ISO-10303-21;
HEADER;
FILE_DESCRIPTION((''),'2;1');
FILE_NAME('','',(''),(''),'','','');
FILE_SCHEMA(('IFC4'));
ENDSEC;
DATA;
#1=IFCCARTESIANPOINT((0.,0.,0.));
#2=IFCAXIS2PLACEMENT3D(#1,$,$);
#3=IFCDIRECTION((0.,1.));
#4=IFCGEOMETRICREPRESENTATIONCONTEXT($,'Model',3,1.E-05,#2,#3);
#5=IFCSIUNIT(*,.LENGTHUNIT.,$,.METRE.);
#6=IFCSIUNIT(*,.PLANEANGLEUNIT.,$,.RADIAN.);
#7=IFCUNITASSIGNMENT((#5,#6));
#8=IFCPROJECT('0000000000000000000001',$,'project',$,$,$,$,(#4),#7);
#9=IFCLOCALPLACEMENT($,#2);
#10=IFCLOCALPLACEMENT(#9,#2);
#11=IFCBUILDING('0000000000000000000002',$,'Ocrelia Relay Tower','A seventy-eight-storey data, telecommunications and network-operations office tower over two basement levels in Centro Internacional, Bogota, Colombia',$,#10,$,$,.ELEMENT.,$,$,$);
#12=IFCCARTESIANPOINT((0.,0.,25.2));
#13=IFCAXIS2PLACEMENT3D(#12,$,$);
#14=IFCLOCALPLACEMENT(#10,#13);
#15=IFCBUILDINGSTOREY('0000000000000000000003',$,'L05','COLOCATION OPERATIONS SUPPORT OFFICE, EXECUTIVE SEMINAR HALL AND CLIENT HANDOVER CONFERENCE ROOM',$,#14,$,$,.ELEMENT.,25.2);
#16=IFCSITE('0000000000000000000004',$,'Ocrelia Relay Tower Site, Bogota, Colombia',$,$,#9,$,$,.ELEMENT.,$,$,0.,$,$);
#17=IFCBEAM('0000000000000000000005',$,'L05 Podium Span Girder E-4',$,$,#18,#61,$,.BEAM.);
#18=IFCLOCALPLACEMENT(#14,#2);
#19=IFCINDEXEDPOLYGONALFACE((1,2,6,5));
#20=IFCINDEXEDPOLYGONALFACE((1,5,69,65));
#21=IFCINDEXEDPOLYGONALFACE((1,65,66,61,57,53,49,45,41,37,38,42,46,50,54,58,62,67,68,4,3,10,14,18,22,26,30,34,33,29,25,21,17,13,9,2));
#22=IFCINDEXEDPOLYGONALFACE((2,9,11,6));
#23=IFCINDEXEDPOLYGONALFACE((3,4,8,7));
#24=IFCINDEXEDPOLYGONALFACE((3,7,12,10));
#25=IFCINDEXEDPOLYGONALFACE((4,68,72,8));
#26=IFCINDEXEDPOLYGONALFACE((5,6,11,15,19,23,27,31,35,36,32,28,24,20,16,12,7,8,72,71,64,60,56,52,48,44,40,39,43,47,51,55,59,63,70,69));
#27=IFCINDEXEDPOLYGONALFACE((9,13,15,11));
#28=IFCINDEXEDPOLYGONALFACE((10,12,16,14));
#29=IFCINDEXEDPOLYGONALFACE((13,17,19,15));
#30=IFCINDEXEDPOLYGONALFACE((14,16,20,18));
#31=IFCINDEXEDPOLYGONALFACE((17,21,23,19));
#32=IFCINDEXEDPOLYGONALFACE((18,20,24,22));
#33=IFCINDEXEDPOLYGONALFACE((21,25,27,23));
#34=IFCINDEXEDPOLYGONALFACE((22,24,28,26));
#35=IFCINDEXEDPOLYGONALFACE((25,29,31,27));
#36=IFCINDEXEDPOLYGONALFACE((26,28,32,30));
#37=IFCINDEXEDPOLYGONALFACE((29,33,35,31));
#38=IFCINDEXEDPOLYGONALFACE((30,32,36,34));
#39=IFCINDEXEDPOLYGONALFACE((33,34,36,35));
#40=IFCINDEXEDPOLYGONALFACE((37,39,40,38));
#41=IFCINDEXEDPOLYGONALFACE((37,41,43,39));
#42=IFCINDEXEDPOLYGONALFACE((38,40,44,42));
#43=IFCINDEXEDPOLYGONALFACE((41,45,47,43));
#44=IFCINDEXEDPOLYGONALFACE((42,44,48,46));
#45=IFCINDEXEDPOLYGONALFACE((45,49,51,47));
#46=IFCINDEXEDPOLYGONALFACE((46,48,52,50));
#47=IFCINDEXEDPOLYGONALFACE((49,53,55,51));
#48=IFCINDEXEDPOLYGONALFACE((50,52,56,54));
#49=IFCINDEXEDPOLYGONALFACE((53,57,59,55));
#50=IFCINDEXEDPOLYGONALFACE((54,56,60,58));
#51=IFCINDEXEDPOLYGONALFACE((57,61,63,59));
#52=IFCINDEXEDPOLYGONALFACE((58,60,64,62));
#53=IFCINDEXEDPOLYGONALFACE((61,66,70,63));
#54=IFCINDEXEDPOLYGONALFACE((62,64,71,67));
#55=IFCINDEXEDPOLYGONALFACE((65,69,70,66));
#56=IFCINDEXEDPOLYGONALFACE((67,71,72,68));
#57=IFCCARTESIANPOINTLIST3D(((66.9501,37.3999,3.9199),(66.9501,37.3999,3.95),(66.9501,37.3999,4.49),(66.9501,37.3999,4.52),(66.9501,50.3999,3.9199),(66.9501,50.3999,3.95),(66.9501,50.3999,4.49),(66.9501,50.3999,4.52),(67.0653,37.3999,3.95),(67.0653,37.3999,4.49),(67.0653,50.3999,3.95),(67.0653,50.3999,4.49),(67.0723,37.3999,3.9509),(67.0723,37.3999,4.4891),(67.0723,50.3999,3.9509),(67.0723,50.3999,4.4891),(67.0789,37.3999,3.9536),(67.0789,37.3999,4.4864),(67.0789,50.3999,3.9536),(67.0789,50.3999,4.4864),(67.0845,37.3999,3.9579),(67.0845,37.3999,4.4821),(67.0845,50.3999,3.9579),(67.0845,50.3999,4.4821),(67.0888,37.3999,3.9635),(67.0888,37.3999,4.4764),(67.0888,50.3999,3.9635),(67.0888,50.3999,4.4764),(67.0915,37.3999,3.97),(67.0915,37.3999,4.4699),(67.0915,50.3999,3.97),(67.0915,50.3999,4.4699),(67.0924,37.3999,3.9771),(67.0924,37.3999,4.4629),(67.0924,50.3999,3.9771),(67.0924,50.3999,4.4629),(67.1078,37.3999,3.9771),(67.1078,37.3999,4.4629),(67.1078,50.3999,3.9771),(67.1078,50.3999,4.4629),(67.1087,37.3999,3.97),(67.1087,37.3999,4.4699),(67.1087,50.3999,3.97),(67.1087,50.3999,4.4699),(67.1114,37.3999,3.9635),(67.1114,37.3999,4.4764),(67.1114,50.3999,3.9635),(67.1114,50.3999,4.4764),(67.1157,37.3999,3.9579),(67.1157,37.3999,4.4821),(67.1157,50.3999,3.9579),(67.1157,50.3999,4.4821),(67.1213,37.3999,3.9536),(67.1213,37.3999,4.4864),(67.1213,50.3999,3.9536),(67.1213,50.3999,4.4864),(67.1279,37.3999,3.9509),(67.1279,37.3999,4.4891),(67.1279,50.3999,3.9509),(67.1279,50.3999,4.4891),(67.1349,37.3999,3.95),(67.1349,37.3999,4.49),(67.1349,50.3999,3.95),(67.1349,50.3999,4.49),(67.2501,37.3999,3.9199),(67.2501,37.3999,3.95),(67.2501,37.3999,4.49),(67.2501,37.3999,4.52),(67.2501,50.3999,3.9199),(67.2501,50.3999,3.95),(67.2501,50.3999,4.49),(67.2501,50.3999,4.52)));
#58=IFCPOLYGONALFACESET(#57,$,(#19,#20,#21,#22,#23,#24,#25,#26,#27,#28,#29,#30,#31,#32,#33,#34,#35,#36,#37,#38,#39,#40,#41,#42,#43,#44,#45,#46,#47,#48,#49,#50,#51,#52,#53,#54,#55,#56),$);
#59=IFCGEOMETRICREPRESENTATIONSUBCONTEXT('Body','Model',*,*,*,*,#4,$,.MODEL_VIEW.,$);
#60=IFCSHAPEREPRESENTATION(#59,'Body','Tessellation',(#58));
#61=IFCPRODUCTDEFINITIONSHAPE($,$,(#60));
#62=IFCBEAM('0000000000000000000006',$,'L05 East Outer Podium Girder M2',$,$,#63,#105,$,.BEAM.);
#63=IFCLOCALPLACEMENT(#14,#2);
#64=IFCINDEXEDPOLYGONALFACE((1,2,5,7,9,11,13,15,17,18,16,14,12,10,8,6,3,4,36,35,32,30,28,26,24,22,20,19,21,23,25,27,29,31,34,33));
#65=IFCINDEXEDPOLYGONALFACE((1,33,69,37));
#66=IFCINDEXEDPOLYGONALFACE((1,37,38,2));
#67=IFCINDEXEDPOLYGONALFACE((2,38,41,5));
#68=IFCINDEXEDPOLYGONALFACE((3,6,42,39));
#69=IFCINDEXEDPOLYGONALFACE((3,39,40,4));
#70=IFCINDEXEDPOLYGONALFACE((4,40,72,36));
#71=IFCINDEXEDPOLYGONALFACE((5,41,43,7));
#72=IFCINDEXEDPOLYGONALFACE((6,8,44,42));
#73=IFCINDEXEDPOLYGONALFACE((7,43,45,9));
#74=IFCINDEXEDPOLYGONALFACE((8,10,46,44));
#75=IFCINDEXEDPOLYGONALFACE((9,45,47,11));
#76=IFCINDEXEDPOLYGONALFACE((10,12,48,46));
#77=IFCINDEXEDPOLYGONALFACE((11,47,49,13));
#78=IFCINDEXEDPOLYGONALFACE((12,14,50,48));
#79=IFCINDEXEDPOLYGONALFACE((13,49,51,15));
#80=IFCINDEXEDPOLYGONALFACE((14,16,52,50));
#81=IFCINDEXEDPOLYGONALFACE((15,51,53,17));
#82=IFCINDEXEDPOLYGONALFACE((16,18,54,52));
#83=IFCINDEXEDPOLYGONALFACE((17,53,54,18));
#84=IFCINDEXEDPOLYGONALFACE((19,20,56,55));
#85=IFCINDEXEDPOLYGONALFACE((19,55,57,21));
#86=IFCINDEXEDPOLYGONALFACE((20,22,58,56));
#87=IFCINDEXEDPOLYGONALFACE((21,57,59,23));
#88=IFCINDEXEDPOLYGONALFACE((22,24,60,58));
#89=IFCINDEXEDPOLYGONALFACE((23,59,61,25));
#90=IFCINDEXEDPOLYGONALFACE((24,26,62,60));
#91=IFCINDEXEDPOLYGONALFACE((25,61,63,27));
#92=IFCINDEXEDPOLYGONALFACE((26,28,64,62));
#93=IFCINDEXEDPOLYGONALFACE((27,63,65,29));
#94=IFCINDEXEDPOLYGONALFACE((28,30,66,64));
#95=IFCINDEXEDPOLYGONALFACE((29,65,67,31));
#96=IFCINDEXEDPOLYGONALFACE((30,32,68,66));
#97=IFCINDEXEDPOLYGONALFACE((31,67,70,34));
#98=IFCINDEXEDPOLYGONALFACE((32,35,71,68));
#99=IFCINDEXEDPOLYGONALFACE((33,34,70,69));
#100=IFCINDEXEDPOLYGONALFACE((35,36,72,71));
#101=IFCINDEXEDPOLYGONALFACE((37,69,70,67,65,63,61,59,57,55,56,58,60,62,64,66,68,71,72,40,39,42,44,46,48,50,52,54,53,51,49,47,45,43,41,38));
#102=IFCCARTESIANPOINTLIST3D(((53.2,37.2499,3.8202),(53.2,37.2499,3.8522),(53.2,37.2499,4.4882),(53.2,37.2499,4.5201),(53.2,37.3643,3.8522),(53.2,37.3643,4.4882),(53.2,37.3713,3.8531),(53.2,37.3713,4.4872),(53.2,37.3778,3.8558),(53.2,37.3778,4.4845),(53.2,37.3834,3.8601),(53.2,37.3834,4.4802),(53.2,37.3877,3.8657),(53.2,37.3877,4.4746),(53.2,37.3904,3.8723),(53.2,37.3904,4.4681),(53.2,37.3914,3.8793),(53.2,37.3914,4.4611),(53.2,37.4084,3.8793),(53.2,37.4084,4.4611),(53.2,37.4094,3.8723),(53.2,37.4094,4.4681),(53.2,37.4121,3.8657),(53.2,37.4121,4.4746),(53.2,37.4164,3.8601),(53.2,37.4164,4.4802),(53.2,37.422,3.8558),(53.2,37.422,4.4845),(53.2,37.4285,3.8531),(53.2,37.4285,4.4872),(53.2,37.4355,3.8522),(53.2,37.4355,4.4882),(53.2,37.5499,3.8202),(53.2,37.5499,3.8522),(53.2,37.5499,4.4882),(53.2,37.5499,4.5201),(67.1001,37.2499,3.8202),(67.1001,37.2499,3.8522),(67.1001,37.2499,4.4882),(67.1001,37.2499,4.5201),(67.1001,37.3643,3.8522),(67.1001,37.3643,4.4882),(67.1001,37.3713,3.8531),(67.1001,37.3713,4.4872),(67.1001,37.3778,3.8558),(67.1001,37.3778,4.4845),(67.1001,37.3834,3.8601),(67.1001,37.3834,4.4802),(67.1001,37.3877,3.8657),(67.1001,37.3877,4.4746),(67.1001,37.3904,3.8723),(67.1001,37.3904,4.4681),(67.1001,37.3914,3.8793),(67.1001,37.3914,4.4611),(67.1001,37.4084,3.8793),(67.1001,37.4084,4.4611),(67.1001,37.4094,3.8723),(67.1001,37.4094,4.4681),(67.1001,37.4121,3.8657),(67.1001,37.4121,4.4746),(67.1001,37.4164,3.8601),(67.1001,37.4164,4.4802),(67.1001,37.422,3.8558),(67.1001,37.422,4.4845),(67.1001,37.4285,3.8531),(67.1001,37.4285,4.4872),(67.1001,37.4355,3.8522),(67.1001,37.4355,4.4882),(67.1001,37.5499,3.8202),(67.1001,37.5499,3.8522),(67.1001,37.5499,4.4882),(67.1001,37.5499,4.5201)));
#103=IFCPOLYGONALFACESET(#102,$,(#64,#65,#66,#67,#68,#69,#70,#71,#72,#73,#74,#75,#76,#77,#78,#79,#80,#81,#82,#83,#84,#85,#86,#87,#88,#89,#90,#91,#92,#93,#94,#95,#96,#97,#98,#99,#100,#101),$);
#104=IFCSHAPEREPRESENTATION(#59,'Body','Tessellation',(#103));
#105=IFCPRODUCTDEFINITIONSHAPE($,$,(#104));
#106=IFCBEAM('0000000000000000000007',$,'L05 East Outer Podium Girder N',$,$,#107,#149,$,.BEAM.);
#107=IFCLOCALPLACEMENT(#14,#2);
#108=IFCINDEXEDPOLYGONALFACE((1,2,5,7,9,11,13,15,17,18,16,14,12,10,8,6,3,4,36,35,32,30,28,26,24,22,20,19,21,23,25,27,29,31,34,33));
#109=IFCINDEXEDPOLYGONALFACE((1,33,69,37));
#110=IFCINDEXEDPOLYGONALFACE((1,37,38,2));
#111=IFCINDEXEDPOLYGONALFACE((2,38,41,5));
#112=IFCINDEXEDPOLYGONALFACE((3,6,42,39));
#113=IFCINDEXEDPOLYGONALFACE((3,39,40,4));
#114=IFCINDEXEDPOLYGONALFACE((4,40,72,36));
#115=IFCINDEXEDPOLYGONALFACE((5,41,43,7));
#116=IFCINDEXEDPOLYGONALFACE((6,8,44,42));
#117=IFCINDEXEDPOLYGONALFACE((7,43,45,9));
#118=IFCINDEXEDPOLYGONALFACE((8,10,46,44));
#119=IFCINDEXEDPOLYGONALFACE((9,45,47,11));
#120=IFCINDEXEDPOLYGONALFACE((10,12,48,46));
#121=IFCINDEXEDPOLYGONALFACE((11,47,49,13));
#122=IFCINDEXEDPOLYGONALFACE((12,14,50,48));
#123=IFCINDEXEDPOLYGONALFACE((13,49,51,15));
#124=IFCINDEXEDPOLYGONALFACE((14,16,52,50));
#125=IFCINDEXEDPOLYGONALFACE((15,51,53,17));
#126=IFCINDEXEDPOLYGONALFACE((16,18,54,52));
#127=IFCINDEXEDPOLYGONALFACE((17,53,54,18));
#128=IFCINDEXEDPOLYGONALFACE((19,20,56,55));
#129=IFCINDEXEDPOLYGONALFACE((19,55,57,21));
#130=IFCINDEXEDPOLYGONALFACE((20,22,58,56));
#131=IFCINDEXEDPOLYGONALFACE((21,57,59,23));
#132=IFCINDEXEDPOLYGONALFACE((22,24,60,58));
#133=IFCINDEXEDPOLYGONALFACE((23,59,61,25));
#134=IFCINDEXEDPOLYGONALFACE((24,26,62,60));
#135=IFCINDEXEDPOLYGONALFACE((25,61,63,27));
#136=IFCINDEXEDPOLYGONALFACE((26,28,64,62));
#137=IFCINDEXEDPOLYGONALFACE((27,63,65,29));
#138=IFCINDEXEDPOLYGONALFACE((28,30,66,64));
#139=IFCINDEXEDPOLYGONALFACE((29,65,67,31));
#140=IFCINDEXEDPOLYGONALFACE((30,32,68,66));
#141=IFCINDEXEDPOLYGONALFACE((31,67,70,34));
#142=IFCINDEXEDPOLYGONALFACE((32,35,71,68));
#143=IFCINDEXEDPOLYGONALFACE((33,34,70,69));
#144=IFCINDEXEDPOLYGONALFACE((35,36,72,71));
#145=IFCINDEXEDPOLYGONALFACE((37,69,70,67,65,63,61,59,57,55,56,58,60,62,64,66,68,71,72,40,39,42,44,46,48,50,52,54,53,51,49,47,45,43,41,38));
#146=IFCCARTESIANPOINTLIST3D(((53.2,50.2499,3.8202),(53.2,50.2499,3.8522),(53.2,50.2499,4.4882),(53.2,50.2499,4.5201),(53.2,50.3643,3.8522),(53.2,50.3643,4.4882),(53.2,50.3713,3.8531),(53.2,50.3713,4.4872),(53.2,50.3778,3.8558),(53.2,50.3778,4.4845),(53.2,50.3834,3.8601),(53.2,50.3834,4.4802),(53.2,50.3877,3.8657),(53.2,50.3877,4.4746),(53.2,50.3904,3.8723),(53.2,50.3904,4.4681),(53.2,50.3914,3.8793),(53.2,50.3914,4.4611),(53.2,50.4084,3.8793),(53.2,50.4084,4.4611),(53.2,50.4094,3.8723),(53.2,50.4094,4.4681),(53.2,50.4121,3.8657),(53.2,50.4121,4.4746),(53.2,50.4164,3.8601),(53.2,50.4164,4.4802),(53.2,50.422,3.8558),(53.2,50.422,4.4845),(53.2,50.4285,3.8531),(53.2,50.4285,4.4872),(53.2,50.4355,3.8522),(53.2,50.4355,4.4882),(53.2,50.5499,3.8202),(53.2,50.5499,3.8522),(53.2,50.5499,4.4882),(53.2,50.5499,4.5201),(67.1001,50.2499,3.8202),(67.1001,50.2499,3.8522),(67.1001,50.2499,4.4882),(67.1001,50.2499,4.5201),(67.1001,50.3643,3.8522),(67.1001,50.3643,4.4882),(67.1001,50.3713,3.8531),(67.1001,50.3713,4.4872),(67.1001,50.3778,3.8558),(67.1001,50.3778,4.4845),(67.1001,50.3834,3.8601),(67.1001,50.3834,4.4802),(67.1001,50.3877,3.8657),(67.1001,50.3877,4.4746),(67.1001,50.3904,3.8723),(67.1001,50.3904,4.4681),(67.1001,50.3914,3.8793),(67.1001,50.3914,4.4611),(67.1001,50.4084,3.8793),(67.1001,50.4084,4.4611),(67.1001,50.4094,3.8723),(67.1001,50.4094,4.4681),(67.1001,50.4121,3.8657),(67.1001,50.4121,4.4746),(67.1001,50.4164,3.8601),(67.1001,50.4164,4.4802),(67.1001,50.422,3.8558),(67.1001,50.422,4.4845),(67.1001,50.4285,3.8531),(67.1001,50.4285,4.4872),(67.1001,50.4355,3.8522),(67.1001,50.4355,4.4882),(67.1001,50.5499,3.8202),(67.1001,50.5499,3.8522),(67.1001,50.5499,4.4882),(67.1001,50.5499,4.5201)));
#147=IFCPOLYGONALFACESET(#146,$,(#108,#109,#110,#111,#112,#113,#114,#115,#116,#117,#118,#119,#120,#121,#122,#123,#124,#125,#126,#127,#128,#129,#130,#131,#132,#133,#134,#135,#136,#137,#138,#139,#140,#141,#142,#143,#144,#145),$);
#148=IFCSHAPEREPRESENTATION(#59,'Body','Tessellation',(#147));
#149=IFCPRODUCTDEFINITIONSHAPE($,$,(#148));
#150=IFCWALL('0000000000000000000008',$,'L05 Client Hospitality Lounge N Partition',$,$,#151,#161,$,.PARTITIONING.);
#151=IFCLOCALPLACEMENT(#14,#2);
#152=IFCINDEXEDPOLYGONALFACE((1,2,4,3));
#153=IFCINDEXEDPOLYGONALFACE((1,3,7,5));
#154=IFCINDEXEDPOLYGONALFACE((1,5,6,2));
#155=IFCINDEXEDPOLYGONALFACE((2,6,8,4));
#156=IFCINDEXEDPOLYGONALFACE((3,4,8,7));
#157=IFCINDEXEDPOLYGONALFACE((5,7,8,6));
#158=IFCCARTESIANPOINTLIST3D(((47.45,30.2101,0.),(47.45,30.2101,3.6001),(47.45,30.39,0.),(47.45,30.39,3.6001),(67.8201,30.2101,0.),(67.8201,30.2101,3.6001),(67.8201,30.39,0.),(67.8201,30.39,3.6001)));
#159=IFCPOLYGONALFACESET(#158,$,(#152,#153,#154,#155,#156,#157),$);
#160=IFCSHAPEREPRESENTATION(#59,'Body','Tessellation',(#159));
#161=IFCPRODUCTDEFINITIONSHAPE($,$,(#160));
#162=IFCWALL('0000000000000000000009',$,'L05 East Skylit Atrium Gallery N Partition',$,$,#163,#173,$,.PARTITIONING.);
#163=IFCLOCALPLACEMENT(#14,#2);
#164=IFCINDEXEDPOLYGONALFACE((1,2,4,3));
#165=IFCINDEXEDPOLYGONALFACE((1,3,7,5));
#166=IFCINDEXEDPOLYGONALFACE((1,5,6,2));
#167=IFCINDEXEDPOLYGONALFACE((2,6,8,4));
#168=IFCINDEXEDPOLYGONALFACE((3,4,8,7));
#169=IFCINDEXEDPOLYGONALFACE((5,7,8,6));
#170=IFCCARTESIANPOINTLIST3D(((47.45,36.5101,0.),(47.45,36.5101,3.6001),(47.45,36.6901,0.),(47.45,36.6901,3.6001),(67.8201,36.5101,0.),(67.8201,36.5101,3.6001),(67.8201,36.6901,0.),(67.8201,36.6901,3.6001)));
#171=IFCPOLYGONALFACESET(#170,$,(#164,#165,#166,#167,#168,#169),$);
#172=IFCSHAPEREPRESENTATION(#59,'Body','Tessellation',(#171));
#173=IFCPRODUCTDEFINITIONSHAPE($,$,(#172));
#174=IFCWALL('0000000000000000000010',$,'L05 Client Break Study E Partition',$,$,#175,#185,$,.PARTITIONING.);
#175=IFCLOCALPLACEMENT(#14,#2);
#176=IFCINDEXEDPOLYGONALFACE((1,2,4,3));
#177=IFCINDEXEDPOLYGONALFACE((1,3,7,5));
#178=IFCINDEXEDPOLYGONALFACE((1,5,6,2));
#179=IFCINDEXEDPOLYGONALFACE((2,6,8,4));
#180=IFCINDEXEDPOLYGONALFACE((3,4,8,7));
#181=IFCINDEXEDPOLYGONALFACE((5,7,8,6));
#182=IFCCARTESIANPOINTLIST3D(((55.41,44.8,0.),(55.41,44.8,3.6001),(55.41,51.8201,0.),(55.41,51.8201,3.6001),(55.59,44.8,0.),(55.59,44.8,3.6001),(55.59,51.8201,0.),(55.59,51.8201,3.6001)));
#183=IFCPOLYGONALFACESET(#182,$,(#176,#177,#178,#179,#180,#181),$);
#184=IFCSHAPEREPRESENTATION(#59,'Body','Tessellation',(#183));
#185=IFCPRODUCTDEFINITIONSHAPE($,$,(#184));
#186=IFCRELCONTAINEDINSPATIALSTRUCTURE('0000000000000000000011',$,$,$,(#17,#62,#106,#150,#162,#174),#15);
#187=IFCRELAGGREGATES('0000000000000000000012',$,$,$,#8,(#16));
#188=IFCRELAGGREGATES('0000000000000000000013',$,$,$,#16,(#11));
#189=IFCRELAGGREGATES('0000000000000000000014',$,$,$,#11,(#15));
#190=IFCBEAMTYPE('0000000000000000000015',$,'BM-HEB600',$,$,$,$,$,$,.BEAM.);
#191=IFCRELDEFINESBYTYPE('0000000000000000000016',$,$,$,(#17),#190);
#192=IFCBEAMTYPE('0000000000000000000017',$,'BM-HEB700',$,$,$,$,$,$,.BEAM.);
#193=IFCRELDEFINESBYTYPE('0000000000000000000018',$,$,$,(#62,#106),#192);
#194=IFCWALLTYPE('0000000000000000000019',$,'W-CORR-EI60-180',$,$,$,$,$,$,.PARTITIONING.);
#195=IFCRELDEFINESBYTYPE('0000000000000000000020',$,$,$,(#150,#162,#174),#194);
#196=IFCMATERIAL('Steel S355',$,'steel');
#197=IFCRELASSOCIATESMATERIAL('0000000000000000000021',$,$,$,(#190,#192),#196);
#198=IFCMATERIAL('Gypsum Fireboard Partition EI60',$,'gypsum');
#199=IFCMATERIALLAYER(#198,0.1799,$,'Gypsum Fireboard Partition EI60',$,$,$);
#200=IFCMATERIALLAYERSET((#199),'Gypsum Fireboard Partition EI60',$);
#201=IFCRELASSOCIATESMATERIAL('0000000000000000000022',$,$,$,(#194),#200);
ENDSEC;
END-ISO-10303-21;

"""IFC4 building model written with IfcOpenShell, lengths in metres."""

from ifc_helpers import new_model, si_unit, direction, frame, frame_2d, origin, origin_2d, place, context, subcontext, project, spatial, rectangle, i_section, extrude, material, layer, layer_set, material_profile, profile_set, type_object, element, save


model = new_model("IFC4")

# Units and contexts
model_context = context("Model", 3, precision=1e-05, world=origin(), true_north=direction((0.0, 1.0)))
body_context = subcontext(model_context, "Body", "Model", "MODEL_VIEW")
ifc_project = project(units=[si_unit("LENGTHUNIT", "METRE"), si_unit("PLANEANGLEUNIT", "RADIAN")], contexts=[model_context])

# Site, building, storey
site_placement = place(None, origin())
site = spatial("IfcSite", under=ifc_project, at=site_placement, Name="Ocrelia Relay Tower Site, Bogota, Colombia", CompositionType="ELEMENT", RefElevation=0.0)
building_placement = place(site_placement, origin())
building = spatial("IfcBuilding", under=site, at=building_placement, Name="Ocrelia Relay Tower", Description="A seventy-eight-storey data, telecommunications and network-operations office tower over two basement levels in Centro Internacional, Bogota, Colombia", CompositionType="ELEMENT")
storey_placement = place(building_placement, frame((0.0, 0.0, 25.2)))
storey = spatial("IfcBuildingStorey", under=building, at=storey_placement, Name="L05", Description="COLOCATION OPERATIONS SUPPORT OFFICE, EXECUTIVE SEMINAR HALL AND CLIENT HANDOVER CONFERENCE ROOM", CompositionType="ELEMENT", Elevation=25.2)

# Beams
ifc_material_1 = material(Name="Steel S355", Category="steel")
ifc_material_profile_1 = material_profile(ifc_material_1, i_section(OverallWidth=0.3, OverallDepth=0.6001, WebThickness=0.0154, FlangeThickness=0.03, FilletRadius=0.0271, at=origin_2d()), Name="HEB 600")
ifc_profile_set_1 = profile_set([ifc_material_profile_1], Name="Steel S355")
beam_type_1 = type_object("IfcBeamType", Name="BM-HEB600", PredefinedType="BEAM", material=ifc_profile_set_1)
for number, where, z_axis, x_axis, name in (
    (1, (67.1001, 37.3999, 4.22), (0.0, 1.0, 0.0), (-1.0, 0.0, 0.0), "L05 Podium Span Girder E-4"),
):
    element("IfcBeam", number, at=place(storey_placement, frame(where, z_axis=z_axis, x_axis=x_axis)), inside=storey, type_object=beam_type_1, Name=name, PredefinedType="BEAM", context=body_context, shape_type="SweptSolid", body=[
        extrude(i_section(OverallWidth=0.3, OverallDepth=0.6001, WebThickness=0.0154, FlangeThickness=0.03, FilletRadius=0.0271, at=origin_2d()), origin(), (0.0, 0.0, 1.0), 13.0),
    ])
ifc_material_profile_2 = material_profile(ifc_material_1, i_section(OverallWidth=0.3, OverallDepth=0.7, WebThickness=0.0171, FlangeThickness=0.032, FilletRadius=0.0271, at=origin_2d()), Name="HEB 700")
ifc_profile_set_2 = profile_set([ifc_material_profile_2], Name="Steel S355")
beam_type_2 = type_object("IfcBeamType", Name="BM-HEB700", PredefinedType="BEAM", material=ifc_profile_set_2)
for number, where, z_axis, x_axis, name in (
    (2, (53.2, 37.3999, 4.1702), (1.0, 0.0, 0.0), (0.0, 1.0, 0.0), "L05 East Outer Podium Girder M2"),
    (3, (53.2, 50.3999, 4.1702), (1.0, 0.0, 0.0), (0.0, 1.0, 0.0), "L05 East Outer Podium Girder N"),
):
    element("IfcBeam", number, at=place(storey_placement, frame(where, z_axis=z_axis, x_axis=x_axis)), inside=storey, type_object=beam_type_2, Name=name, PredefinedType="BEAM", context=body_context, shape_type="SweptSolid", body=[
        extrude(i_section(OverallWidth=0.3, OverallDepth=0.7, WebThickness=0.0171, FlangeThickness=0.032, FilletRadius=0.0271, at=origin_2d()), origin(), (0.0, 0.0, 1.0), 13.9001),
    ])

# Walls
ifc_material_2 = material(Name="Gypsum Fireboard Partition EI60", Category="gypsum")
ifc_layer_1 = layer(ifc_material_2, 0.1799, Name="Gypsum Fireboard Partition EI60")
ifc_layer_set_1 = layer_set([ifc_layer_1], Name="Gypsum Fireboard Partition EI60")
wall_type_1 = type_object("IfcWallType", Name="W-CORR-EI60-180", PredefinedType="PARTITIONING", material=ifc_layer_set_1)
for number, where, z_axis, x_axis, name in (
    (4, (67.8201, 30.3, 0.0), (0.0, 0.0, 1.0), (-1.0, 0.0, 0.0), "L05 Client Hospitality Lounge N Partition"),
    (5, (67.8201, 36.6001, 0.0), (0.0, 0.0, 1.0), (-1.0, 0.0, 0.0), "L05 East Skylit Atrium Gallery N Partition"),
):
    element("IfcWall", number, at=place(storey_placement, frame(where, z_axis=z_axis, x_axis=x_axis)), inside=storey, type_object=wall_type_1, Name=name, PredefinedType="PARTITIONING", context=body_context, shape_type="SweptSolid", body=[
        extrude(rectangle(XDim=20.3701, YDim=0.1799, at=frame_2d((10.1851, 0.0))), origin(), (0.0, 0.0, 1.0), 3.6001),
    ])
wall_1_placement = place(storey_placement, frame((55.5, 44.8, 0.0), z_axis=(0.0, 0.0, 1.0), x_axis=(0.0, 1.0, 0.0)))
element("IfcWall", 6, at=wall_1_placement, inside=storey, type_object=wall_type_1, Name="L05 Client Break Study E Partition", PredefinedType="PARTITIONING", context=body_context, shape_type="SweptSolid", body=[
    extrude(rectangle(XDim=7.02, YDim=0.1799, at=frame_2d((3.51, 0.0))), origin(), (0.0, 0.0, 1.0), 3.6001),
])

save(model, "model.ifc")
